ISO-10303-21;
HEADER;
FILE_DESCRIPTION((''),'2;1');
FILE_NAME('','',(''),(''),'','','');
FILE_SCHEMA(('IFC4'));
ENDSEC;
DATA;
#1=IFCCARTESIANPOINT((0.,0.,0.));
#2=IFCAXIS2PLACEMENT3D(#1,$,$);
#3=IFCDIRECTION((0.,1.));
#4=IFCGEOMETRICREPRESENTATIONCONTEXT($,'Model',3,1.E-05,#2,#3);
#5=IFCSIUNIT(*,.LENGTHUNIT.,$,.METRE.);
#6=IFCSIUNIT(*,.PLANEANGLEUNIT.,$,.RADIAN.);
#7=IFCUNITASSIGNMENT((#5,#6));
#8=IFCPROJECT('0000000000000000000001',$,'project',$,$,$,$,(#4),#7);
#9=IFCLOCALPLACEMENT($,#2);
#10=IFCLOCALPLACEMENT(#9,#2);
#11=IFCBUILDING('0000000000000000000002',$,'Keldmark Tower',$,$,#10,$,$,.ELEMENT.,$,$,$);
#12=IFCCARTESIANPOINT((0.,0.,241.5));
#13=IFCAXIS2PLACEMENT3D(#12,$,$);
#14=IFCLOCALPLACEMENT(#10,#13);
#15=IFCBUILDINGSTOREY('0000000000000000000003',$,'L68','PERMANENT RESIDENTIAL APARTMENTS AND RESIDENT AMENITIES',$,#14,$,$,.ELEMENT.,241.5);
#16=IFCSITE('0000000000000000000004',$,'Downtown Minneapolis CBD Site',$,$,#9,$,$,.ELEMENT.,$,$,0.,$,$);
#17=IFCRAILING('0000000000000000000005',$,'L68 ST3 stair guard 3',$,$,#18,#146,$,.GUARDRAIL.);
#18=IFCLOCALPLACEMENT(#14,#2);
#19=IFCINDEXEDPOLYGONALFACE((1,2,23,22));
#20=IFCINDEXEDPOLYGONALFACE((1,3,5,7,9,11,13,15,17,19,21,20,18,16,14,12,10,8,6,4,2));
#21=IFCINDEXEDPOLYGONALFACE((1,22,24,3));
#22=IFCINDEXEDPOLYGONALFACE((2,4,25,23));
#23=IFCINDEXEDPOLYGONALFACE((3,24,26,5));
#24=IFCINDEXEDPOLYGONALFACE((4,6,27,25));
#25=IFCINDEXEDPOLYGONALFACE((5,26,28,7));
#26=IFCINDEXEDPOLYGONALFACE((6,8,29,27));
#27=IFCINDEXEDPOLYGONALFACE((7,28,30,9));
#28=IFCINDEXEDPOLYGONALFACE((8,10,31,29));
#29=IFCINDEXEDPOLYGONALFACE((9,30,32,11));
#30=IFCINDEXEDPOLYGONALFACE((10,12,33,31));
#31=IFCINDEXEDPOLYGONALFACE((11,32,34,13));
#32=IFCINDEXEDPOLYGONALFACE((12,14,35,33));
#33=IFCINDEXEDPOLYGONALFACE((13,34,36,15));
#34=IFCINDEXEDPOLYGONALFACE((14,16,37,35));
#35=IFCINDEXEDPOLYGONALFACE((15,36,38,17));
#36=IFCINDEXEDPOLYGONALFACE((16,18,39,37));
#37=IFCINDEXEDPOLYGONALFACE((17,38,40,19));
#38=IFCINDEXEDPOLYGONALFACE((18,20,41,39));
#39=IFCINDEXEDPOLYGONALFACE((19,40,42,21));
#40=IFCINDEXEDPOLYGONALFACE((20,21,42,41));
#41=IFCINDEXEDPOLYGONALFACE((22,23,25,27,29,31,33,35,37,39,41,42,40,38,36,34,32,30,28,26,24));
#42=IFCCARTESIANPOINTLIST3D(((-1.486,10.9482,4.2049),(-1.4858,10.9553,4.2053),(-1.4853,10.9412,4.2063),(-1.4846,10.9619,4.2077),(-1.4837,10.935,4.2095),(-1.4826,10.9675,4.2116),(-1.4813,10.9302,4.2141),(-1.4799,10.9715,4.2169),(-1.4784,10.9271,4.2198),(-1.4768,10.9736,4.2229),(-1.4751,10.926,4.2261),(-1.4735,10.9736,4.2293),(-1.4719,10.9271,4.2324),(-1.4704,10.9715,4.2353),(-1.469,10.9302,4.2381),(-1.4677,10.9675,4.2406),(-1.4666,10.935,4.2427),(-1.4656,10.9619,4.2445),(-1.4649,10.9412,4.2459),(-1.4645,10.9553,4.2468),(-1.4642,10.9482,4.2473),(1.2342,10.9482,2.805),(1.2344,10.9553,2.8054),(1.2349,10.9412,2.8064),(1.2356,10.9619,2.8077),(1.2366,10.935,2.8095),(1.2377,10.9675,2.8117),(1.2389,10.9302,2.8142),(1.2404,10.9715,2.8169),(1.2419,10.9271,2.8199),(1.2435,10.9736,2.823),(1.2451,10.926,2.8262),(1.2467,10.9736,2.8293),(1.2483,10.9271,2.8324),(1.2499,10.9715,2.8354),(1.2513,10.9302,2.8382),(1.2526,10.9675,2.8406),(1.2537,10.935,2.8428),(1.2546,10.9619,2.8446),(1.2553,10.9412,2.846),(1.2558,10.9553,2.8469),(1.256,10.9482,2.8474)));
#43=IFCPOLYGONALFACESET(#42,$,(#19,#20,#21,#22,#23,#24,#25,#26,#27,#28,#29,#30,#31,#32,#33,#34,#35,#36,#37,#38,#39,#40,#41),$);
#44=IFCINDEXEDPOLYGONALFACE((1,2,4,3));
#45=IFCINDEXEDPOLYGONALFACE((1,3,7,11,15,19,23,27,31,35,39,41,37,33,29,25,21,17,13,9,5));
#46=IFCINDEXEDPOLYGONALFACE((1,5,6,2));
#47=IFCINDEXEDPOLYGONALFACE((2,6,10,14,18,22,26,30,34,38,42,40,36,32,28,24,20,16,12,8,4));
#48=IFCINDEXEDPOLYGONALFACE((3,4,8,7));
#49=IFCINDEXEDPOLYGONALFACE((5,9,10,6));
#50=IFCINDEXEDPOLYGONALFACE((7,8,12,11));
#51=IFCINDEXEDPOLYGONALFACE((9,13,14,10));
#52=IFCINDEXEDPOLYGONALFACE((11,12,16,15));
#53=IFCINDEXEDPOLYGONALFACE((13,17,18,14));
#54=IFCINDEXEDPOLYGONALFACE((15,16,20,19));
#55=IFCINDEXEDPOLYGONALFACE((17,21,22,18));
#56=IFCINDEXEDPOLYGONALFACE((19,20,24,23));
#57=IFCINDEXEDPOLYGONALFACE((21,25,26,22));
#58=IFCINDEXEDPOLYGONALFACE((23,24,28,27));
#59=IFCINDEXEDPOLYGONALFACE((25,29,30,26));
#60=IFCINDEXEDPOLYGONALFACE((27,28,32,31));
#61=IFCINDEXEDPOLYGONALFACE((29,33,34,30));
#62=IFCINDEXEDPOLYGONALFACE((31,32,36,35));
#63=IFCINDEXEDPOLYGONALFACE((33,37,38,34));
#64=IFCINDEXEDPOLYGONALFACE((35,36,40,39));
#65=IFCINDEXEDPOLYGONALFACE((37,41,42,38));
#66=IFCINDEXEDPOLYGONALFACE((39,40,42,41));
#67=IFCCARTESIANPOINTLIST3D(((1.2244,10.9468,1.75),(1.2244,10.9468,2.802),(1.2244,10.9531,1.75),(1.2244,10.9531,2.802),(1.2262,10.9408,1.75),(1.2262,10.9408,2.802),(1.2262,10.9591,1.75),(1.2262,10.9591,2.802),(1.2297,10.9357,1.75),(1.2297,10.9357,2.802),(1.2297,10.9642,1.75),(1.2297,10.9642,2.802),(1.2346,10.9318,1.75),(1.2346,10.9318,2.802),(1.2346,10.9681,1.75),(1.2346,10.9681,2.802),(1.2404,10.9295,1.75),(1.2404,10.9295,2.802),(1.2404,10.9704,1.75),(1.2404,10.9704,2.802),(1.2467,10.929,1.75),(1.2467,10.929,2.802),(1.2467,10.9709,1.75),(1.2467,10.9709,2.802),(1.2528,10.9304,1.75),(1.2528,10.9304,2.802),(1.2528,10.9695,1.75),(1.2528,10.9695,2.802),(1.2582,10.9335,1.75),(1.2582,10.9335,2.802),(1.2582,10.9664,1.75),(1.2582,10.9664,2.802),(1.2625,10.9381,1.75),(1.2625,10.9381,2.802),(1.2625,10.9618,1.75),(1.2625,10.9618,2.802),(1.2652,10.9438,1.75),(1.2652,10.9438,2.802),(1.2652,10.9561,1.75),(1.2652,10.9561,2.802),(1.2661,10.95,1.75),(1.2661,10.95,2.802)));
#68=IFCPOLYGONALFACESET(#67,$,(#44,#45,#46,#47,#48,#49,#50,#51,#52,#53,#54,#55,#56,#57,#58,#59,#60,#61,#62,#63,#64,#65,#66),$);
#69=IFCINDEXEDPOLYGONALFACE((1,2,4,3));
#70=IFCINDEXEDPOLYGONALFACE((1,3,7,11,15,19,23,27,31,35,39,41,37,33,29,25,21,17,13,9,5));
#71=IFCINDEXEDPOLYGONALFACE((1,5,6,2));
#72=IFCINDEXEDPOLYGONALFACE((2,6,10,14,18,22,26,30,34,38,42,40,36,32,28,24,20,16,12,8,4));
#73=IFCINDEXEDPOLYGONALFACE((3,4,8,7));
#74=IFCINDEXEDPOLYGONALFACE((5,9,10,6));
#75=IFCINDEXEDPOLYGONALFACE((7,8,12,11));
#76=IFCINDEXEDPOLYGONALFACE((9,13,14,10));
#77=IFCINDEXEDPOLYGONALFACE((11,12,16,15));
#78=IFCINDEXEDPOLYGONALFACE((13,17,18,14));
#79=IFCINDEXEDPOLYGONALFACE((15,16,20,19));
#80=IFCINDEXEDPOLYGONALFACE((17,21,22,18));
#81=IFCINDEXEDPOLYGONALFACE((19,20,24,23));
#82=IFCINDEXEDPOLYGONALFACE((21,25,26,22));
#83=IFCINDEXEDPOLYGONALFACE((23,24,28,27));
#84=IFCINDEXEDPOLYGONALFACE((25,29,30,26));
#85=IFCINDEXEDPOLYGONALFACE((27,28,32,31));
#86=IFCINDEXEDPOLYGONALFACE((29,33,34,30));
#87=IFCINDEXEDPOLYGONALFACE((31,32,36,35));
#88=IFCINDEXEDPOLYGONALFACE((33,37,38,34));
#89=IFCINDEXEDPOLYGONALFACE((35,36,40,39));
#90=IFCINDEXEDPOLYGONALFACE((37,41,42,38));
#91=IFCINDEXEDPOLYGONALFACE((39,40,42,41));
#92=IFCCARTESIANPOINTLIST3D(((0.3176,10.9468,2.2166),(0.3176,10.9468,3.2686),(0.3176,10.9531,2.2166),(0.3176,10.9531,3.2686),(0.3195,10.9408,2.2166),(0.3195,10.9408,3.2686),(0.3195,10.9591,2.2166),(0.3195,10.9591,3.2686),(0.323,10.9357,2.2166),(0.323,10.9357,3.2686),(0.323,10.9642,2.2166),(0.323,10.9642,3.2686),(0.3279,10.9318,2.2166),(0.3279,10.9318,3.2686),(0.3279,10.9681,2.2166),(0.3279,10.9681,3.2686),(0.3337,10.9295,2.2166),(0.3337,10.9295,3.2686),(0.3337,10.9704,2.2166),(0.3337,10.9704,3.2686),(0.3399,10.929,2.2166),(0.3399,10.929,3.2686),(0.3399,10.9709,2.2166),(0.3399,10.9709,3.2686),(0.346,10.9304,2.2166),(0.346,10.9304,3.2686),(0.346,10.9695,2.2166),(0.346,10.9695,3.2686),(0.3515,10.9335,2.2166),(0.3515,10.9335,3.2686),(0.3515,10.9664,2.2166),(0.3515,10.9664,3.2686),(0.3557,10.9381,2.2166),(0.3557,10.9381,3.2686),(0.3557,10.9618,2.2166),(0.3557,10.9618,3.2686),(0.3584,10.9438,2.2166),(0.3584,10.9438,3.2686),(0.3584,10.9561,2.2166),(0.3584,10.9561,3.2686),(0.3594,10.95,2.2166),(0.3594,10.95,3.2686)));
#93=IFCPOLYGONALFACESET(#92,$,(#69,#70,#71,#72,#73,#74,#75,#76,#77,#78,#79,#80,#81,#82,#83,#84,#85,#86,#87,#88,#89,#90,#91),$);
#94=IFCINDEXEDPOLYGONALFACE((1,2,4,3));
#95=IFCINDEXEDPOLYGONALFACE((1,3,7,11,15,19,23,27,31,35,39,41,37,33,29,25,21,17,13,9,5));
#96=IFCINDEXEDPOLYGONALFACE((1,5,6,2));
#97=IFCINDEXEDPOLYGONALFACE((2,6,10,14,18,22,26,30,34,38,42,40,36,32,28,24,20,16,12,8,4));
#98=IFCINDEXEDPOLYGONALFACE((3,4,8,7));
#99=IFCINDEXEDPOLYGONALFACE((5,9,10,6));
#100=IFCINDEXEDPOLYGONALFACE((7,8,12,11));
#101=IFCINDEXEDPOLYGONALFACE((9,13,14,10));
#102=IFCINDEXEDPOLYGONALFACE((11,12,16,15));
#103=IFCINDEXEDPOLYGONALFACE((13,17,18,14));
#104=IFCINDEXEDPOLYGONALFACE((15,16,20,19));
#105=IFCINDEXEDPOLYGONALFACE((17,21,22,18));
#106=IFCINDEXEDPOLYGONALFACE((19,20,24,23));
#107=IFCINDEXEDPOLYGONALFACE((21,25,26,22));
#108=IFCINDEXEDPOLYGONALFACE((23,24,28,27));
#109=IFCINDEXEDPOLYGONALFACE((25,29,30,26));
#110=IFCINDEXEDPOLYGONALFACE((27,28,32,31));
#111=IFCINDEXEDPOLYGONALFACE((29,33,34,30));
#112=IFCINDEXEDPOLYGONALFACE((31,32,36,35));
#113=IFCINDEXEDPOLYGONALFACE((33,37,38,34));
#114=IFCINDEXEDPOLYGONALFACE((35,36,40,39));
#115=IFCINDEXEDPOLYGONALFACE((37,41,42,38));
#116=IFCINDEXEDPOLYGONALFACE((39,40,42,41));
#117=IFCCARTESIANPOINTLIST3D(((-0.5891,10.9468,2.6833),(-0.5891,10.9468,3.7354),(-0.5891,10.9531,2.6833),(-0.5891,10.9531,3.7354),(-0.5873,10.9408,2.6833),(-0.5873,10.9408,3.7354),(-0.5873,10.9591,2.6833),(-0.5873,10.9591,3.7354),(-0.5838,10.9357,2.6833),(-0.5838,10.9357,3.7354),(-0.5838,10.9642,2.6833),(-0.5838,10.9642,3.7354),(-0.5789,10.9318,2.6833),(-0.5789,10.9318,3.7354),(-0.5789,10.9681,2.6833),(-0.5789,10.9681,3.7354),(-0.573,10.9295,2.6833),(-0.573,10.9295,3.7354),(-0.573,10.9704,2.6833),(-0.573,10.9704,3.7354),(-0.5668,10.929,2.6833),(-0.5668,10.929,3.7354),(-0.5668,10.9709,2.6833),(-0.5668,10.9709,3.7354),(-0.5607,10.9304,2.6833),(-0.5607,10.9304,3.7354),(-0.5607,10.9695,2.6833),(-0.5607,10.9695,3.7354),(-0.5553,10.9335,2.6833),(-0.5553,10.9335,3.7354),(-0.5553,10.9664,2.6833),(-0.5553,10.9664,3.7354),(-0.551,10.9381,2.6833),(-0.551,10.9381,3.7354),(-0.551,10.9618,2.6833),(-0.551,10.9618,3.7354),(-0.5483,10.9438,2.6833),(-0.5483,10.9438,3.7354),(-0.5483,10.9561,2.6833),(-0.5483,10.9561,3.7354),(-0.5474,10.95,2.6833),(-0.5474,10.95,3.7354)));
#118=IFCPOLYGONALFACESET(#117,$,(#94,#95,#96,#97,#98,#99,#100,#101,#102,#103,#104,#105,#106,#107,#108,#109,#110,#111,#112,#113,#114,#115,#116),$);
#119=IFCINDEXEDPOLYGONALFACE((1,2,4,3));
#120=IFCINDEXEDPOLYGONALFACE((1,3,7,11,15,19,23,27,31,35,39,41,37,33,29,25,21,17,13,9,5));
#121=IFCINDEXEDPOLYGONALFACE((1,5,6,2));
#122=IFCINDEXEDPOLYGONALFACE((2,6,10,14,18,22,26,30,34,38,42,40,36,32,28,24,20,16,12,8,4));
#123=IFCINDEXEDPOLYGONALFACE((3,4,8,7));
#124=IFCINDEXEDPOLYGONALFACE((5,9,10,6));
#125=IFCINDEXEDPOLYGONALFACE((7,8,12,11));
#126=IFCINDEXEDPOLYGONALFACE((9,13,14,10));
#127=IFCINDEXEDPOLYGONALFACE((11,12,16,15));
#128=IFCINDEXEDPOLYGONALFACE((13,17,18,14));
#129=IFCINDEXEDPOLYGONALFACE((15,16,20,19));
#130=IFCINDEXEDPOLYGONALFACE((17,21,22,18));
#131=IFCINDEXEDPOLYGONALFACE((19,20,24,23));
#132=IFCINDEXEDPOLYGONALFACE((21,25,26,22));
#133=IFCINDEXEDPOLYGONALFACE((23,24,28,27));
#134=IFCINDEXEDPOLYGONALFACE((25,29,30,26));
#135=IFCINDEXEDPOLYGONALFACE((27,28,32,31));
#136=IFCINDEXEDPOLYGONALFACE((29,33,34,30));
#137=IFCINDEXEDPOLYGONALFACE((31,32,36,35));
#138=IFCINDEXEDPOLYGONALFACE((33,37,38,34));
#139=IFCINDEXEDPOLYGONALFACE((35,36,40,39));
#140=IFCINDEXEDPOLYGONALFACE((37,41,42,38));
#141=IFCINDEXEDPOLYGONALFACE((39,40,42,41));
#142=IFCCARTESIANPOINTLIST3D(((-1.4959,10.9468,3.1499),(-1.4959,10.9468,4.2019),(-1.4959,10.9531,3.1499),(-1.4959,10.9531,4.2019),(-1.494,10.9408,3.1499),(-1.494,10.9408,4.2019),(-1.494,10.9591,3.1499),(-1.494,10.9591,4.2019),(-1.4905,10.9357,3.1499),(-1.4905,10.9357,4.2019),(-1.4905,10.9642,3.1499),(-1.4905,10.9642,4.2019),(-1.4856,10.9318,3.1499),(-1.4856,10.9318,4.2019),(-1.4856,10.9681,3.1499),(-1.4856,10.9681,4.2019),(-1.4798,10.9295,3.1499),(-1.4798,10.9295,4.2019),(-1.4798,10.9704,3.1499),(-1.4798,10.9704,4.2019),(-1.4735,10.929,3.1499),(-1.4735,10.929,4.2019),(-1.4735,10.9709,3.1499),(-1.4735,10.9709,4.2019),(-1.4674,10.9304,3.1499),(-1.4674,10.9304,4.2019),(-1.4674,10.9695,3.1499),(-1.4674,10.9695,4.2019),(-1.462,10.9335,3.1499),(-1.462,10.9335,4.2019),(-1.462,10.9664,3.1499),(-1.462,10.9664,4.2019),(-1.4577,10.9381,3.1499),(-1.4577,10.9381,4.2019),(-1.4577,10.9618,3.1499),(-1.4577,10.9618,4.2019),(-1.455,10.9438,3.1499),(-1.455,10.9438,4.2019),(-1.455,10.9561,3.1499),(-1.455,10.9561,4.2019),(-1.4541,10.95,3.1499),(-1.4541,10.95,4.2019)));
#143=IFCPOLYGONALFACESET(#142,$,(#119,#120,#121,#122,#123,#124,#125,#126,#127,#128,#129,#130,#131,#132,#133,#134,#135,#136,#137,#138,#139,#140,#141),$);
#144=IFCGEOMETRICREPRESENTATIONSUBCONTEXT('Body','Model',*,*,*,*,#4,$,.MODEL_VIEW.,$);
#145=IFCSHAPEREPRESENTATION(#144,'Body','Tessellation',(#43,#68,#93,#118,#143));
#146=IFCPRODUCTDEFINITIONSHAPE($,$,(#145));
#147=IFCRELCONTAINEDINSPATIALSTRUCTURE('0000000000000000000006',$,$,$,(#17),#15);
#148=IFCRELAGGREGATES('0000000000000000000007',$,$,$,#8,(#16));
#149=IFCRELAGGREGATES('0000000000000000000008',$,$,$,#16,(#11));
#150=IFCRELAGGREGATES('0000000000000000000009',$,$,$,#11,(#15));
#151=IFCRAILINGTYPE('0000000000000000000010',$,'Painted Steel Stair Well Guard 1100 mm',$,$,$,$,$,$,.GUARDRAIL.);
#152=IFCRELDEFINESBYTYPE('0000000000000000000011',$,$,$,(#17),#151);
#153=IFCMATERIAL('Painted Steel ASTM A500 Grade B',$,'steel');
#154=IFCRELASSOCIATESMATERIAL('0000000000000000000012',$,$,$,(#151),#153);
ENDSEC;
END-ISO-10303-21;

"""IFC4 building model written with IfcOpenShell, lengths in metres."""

from ifc_helpers import new_model, si_unit, direction, frame, origin, origin_2d, place, context, subcontext, project, spatial, circle, extrude, material, type_object, element, save


model = new_model("IFC4")

# Units and contexts
model_context = context("Model", 3, precision=1e-05, world=origin(), true_north=direction((0.0, 1.0)))
body_context = subcontext(model_context, "Body", "Model", "MODEL_VIEW")
ifc_project = project(units=[si_unit("LENGTHUNIT", "METRE"), si_unit("PLANEANGLEUNIT", "RADIAN")], contexts=[model_context])

# Site, building, storey
site_placement = place(None, origin())
site = spatial("IfcSite", under=ifc_project, at=site_placement, Name="Downtown Minneapolis CBD Site", CompositionType="ELEMENT", RefElevation=0.0)
building_placement = place(site_placement, origin())
building = spatial("IfcBuilding", under=site, at=building_placement, Name="Keldmark Tower", CompositionType="ELEMENT")
storey_placement = place(building_placement, frame((0.0, 0.0, 241.5)))
storey = spatial("IfcBuildingStorey", under=building, at=storey_placement, Name="L68", Description="PERMANENT RESIDENTIAL APARTMENTS AND RESIDENT AMENITIES", CompositionType="ELEMENT", Elevation=241.5)

# Railing
ifc_material_1 = material(Name="Painted Steel ASTM A500 Grade B", Category="steel")
railing_type_1 = type_object("IfcRailingType", Name="Painted Steel Stair Well Guard 1100 mm", PredefinedType="GUARDRAIL", material=ifc_material_1)
railing_1_placement = place(storey_placement, frame((1.2451, 10.95, 1.75)))
element("IfcRailing", 1, at=railing_1_placement, inside=storey, type_object=railing_type_1, Name="L68 ST3 stair guard 3", PredefinedType="GUARDRAIL", context=body_context, shape_type="SweptSolid", body=[
    extrude(circle(Radius=0.0239, at=origin_2d()), frame((0.0, 0.0, 1.0762), z_axis=(-0.889164, 0.0, 0.45759), x_axis=(0.0, -1.0, 0.0)), (0.0, 0.0, 1.0), 3.0593),
    extrude(circle(Radius=0.021, at=origin_2d()), origin(), (0.0, 0.0, 1.0), 1.052),
    extrude(circle(Radius=0.021, at=origin_2d()), frame((-0.9067, 0.0, 0.4666)), (0.0, 0.0, 1.0), 1.052),
    extrude(circle(Radius=0.021, at=origin_2d()), frame((-1.8135, 0.0, 0.9333)), (0.0, 0.0, 1.0), 1.052),
    extrude(circle(Radius=0.021, at=origin_2d()), frame((-2.7202, 0.0, 1.3999)), (0.0, 0.0, 1.0), 1.052),
])

save(model, "model.ifc")
